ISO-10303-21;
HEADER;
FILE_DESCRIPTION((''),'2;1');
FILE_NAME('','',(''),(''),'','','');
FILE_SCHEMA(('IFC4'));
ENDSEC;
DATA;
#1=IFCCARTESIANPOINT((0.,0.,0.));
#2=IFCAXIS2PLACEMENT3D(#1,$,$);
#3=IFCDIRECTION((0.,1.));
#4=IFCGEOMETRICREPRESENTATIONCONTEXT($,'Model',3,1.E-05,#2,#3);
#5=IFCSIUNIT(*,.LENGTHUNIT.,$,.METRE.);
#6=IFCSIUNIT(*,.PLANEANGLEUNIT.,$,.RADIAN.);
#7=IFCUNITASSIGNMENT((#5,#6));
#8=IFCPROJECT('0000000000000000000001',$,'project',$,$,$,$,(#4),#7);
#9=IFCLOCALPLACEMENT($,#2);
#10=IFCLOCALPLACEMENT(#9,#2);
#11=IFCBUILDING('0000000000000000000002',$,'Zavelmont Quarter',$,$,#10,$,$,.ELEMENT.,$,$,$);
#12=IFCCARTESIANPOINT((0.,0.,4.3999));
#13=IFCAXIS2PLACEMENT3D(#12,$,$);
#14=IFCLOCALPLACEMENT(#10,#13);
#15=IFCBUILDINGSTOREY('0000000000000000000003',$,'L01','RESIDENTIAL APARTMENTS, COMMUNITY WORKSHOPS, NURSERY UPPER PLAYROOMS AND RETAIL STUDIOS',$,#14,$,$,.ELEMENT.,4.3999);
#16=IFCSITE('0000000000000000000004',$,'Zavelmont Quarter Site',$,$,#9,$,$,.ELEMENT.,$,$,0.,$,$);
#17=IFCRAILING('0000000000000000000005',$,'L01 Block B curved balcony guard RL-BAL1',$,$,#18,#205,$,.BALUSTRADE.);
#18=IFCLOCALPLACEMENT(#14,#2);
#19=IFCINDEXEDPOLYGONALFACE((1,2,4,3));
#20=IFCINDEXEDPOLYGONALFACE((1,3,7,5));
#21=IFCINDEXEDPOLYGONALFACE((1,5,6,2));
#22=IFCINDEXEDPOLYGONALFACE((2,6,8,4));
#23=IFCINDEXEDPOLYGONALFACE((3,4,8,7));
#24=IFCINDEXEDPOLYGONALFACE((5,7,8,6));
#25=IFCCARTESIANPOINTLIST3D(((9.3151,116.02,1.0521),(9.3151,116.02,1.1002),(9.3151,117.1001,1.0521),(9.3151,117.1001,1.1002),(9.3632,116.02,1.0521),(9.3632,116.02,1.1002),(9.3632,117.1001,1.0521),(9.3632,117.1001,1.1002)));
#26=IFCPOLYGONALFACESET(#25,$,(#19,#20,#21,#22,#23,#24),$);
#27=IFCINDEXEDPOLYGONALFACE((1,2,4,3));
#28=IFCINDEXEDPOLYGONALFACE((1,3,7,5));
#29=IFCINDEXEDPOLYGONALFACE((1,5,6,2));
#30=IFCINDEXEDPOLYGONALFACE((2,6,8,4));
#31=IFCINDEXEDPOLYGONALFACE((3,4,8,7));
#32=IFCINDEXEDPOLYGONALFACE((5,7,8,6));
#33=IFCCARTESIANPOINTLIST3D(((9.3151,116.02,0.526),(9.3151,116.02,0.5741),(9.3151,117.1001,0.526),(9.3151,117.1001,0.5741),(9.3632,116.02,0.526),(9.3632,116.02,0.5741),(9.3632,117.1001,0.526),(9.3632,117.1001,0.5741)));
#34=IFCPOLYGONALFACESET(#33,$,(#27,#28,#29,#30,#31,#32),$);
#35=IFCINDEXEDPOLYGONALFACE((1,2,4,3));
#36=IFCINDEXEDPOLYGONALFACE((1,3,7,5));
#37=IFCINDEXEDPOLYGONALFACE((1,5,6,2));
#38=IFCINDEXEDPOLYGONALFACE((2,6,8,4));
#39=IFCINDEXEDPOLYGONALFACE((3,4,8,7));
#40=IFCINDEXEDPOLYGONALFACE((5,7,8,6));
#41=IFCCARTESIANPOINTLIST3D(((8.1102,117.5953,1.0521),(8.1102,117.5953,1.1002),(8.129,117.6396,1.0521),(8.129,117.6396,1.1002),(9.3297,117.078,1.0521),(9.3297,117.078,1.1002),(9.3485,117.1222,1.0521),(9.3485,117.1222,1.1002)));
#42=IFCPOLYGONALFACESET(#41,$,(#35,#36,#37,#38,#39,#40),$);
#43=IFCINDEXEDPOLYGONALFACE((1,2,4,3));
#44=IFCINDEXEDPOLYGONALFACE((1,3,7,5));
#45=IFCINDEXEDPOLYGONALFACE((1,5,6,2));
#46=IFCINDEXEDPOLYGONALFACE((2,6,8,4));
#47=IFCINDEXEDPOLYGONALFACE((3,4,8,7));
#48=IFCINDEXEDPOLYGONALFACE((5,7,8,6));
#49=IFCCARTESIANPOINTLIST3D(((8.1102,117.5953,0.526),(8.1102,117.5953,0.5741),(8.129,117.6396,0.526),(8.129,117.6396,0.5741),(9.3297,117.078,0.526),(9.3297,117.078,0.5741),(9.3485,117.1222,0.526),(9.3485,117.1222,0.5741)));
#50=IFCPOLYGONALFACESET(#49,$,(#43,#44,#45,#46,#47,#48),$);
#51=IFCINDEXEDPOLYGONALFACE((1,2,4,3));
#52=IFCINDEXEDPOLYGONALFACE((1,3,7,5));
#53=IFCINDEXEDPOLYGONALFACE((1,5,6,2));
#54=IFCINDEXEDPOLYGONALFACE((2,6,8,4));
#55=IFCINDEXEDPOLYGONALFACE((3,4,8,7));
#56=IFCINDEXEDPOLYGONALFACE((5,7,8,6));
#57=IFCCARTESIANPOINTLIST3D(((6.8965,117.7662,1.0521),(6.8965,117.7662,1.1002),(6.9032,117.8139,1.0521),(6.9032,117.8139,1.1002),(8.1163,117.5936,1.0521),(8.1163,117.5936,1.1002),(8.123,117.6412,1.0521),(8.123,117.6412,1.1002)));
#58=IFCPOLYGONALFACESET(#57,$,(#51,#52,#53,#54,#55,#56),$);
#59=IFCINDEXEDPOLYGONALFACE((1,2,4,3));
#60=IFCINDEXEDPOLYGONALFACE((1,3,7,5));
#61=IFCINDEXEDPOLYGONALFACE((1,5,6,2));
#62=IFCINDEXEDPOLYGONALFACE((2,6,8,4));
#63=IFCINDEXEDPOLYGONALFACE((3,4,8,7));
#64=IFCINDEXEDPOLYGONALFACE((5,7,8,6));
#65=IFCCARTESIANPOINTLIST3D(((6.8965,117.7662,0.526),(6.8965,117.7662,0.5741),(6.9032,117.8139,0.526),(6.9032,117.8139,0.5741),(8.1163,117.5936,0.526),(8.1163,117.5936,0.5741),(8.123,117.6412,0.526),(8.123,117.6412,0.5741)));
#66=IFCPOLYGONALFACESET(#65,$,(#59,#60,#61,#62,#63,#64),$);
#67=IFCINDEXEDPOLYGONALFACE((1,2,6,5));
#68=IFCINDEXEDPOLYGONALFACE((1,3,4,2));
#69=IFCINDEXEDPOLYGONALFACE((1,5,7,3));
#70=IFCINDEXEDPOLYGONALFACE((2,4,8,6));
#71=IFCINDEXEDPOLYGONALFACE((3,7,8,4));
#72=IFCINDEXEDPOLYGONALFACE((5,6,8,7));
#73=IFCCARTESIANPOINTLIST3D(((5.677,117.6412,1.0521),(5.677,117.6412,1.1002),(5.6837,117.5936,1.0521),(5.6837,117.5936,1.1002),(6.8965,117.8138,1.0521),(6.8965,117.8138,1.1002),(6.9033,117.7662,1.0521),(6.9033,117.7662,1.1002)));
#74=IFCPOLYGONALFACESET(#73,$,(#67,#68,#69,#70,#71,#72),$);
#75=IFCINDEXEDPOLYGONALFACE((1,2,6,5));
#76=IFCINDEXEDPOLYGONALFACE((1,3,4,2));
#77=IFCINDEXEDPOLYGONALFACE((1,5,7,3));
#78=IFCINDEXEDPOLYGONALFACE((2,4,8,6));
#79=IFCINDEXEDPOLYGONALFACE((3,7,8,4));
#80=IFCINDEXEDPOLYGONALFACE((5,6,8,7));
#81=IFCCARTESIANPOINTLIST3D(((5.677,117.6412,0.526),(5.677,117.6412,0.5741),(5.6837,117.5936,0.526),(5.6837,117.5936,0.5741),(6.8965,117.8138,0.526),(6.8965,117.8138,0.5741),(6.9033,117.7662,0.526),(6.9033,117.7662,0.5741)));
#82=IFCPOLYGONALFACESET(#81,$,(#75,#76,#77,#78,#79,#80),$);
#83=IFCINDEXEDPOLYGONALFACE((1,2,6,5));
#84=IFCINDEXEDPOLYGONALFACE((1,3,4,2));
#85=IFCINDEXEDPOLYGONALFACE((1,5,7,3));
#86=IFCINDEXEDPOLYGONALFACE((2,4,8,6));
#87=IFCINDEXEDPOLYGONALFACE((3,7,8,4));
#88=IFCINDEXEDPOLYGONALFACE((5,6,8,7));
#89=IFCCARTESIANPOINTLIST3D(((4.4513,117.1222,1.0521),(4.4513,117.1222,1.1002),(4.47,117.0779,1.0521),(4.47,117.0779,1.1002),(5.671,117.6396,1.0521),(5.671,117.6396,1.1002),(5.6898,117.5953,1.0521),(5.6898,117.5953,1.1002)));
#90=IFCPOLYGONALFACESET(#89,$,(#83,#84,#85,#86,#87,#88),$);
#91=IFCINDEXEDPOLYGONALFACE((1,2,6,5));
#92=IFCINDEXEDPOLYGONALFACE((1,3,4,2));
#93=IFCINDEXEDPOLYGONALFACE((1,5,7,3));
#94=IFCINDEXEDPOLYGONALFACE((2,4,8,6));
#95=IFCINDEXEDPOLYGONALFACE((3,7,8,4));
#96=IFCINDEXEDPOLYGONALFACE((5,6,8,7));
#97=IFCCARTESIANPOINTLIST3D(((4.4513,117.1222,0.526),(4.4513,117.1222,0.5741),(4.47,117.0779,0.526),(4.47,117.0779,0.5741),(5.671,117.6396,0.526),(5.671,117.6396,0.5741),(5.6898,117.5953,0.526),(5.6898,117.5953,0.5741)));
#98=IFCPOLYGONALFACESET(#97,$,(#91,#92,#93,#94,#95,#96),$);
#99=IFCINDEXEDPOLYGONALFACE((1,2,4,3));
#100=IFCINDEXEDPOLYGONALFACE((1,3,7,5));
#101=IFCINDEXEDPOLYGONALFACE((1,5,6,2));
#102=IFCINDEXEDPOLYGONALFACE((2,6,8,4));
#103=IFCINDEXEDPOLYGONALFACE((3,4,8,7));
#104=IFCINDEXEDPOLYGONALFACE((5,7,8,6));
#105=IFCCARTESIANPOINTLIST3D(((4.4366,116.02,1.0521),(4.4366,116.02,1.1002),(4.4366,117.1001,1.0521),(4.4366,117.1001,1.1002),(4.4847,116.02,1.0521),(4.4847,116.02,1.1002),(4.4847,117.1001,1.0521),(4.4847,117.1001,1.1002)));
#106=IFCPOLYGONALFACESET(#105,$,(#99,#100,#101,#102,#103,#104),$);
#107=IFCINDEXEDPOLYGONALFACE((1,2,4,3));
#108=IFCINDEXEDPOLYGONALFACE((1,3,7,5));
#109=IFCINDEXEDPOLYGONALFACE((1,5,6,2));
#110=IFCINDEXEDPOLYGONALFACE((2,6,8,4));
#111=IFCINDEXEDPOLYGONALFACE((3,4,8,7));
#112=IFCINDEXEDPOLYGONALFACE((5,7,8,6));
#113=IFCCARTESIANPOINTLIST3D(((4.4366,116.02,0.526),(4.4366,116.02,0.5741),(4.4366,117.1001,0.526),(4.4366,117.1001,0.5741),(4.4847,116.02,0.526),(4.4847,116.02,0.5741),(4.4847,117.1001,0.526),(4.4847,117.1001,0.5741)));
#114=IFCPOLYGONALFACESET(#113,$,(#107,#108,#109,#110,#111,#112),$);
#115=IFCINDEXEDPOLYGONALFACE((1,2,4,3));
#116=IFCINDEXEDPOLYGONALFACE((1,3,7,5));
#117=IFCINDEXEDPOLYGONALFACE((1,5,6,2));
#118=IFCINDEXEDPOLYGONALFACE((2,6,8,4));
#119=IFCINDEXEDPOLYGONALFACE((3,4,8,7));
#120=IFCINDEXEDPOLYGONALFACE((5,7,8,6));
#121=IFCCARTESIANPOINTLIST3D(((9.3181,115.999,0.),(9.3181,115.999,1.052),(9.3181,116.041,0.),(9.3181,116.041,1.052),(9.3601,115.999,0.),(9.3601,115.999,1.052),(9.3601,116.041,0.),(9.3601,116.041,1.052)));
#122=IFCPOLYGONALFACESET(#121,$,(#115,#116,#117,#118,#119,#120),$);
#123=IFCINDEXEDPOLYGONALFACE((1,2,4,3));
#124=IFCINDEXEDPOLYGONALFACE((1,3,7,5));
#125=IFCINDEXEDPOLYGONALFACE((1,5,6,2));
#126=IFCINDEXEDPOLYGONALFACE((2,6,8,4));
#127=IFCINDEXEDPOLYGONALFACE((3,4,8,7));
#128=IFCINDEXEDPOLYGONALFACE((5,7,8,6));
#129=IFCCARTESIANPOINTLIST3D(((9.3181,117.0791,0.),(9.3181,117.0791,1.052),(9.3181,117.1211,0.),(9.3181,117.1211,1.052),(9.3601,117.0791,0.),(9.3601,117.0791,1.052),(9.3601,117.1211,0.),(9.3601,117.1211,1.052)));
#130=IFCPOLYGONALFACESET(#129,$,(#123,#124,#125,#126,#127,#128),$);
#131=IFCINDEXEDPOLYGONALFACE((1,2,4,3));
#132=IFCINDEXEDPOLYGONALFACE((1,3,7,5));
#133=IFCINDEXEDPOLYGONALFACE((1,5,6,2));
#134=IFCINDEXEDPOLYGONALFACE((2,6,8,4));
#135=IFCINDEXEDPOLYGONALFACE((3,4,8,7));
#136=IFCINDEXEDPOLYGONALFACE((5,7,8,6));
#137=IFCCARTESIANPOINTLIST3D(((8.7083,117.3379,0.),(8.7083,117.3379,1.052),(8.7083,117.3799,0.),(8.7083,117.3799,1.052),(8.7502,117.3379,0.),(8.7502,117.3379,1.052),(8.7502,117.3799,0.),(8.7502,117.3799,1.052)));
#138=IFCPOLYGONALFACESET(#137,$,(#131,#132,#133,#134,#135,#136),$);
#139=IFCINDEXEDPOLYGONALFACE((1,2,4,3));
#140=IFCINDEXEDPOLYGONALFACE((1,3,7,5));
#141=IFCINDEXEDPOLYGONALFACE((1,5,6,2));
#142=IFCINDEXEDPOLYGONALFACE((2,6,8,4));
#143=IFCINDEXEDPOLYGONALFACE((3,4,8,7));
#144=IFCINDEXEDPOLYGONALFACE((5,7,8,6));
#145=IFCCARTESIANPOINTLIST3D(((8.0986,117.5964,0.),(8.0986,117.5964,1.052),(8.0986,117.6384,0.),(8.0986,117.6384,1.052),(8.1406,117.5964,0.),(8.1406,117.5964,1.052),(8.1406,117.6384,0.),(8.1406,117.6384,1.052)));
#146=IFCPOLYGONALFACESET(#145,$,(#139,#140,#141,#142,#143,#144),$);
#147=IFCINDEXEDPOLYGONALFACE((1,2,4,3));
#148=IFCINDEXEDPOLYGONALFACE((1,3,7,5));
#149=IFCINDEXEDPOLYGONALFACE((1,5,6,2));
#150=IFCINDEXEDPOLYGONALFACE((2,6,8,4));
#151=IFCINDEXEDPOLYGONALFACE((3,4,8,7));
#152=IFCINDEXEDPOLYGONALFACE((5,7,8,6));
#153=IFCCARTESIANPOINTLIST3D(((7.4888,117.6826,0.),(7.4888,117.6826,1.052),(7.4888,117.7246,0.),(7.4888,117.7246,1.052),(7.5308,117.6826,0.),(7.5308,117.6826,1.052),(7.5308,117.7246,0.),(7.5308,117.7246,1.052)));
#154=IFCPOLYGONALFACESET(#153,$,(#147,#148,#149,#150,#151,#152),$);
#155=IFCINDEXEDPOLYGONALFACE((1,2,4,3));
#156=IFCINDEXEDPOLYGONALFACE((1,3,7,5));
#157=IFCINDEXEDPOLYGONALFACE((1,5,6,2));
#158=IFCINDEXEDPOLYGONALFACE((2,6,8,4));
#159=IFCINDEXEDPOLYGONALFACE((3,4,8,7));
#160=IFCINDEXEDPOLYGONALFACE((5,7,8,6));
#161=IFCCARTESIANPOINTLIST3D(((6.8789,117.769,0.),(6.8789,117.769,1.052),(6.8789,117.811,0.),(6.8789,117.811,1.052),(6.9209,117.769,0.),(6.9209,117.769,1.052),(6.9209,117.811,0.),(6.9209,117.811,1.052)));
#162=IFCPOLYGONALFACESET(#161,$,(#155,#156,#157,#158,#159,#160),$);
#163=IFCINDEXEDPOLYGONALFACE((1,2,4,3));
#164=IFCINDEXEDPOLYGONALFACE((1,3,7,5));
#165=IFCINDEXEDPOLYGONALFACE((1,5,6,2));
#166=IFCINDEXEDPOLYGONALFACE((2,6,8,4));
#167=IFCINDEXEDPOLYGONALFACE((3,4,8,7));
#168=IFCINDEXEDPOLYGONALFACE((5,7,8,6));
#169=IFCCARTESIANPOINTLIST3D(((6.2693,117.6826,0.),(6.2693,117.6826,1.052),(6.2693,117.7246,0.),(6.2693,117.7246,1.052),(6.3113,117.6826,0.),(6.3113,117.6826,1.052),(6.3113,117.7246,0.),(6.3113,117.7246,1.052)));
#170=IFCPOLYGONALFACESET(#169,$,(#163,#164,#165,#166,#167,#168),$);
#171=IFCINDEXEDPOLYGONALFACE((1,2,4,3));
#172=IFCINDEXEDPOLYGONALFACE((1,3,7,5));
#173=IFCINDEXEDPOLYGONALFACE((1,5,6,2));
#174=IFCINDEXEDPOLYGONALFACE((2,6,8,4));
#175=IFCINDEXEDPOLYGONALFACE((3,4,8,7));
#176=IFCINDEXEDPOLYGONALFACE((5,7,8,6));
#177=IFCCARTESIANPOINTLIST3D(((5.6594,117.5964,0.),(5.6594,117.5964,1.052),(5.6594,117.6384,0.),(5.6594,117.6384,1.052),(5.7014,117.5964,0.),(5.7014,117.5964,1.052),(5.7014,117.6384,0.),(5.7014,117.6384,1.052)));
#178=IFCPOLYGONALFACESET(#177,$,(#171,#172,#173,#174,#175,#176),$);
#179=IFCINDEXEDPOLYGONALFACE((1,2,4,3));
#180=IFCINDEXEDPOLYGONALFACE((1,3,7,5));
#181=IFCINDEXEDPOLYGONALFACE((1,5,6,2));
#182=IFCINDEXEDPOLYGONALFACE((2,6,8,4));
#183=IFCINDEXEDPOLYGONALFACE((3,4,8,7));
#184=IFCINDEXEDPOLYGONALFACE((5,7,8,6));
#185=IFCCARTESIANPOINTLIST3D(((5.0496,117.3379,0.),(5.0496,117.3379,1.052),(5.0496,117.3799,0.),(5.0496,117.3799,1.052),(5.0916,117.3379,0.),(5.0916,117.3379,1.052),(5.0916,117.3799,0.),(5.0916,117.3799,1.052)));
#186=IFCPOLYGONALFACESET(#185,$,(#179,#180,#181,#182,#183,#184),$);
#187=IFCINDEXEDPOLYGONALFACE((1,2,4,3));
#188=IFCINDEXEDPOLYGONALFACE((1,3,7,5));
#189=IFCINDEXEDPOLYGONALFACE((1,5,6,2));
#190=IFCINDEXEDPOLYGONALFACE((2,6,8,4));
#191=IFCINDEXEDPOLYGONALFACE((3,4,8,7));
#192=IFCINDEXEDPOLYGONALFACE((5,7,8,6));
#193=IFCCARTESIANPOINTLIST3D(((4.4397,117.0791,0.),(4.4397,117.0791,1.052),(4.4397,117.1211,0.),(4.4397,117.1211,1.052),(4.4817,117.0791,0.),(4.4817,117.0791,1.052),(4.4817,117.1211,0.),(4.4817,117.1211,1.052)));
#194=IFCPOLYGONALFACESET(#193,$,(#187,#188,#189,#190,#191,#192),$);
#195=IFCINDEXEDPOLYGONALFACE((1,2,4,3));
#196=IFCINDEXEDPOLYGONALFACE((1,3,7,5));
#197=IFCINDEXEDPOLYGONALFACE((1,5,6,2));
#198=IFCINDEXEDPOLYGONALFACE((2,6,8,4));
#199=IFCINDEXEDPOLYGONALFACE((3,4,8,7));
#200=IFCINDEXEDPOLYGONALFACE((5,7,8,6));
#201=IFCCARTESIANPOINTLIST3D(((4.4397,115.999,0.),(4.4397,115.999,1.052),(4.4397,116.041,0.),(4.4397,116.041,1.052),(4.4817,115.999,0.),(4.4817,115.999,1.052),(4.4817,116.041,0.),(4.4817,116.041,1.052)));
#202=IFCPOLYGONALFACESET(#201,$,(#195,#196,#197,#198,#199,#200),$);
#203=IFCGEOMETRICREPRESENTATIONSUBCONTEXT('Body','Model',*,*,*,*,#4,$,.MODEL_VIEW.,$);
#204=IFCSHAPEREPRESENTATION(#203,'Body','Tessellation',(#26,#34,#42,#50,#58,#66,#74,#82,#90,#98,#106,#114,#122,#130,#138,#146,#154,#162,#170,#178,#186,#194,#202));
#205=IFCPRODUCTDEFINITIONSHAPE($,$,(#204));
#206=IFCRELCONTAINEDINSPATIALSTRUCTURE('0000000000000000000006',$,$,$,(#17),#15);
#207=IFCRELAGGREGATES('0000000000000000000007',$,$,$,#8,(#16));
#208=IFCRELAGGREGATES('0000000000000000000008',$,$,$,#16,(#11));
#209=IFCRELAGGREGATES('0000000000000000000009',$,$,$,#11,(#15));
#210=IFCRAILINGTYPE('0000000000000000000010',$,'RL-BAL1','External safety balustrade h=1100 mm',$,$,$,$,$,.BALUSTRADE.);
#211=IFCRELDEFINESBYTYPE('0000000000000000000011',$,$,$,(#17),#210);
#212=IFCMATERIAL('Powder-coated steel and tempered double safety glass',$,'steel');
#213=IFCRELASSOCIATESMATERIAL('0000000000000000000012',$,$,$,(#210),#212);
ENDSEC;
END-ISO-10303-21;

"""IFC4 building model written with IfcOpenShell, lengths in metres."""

from ifc_helpers import new_model, si_unit, direction, frame, origin, origin_2d, place, context, subcontext, project, spatial, rectangle, extrude, material, type_object, element, save


model = new_model("IFC4")

# Units and contexts
model_context = context("Model", 3, precision=1e-05, world=origin(), true_north=direction((0.0, 1.0)))
body_context = subcontext(model_context, "Body", "Model", "MODEL_VIEW")
ifc_project = project(units=[si_unit("LENGTHUNIT", "METRE"), si_unit("PLANEANGLEUNIT", "RADIAN")], contexts=[model_context])

# Site, building, storey
site_placement = place(None, origin())
site = spatial("IfcSite", under=ifc_project, at=site_placement, Name="Zavelmont Quarter Site", CompositionType="ELEMENT", RefElevation=0.0)
building_placement = place(site_placement, origin())
building = spatial("IfcBuilding", under=site, at=building_placement, Name="Zavelmont Quarter", CompositionType="ELEMENT")
storey_placement = place(building_placement, frame((0.0, 0.0, 4.3999)))
storey = spatial("IfcBuildingStorey", under=building, at=storey_placement, Name="L01", Description="RESIDENTIAL APARTMENTS, COMMUNITY WORKSHOPS, NURSERY UPPER PLAYROOMS AND RETAIL STUDIOS", CompositionType="ELEMENT", Elevation=4.3999)

# Railing
ifc_material_1 = material(Name="Powder-coated steel and tempered double safety glass", Category="steel")
railing_type = type_object("IfcRailingType", Name="RL-BAL1", Description="External safety balustrade h=1100 mm", PredefinedType="BALUSTRADE", material=ifc_material_1)
railing_placement = place(storey_placement, frame((9.3391, 116.02, 0.0)))
element("IfcRailing", 1, at=railing_placement, inside=storey, type_object=railing_type, Name="L01 Block B curved balcony guard RL-BAL1", PredefinedType="BALUSTRADE", context=body_context, shape_type="SweptSolid", body=[
    extrude(rectangle(XDim=0.0481, YDim=0.0481, at=origin_2d()), frame((0.0, 0.0, 1.0762), z_axis=(0.0, 1.0, 0.0), x_axis=(-1.0, 0.0, 0.0)), (0.0, 0.0, 1.0), 1.0801),
    extrude(rectangle(XDim=0.0481, YDim=0.0481, at=origin_2d()), frame((0.0, 0.0, 0.55), z_axis=(0.0, 1.0, 0.0), x_axis=(-1.0, 0.0, 0.0)), (0.0, 0.0, 1.0), 1.0801),
    extrude(rectangle(XDim=0.0481, YDim=0.0481, at=origin_2d()), frame((0.0, 1.0801, 1.0762), z_axis=(-0.920588, 0.390536, 0.0), x_axis=(-0.390536, -0.920588, 0.0)), (0.0, 0.0, 1.0), 1.3247),
    extrude(rectangle(XDim=0.0481, YDim=0.0481, at=origin_2d()), frame((0.0, 1.0801, 0.55), z_axis=(-0.920588, 0.390536, 0.0), x_axis=(-0.390536, -0.920588, 0.0)), (0.0, 0.0, 1.0), 1.3247),
    extrude(rectangle(XDim=0.0481, YDim=0.0481, at=origin_2d()), frame((-1.2195, 1.5974, 1.0762), z_axis=(-0.990135, 0.140117, 0.0), x_axis=(-0.140117, -0.990135, 0.0)), (0.0, 0.0, 1.0), 1.2319),
    extrude(rectangle(XDim=0.0481, YDim=0.0481, at=origin_2d()), frame((-1.2195, 1.5974, 0.55), z_axis=(-0.990135, 0.140117, 0.0), x_axis=(-0.140117, -0.990135, 0.0)), (0.0, 0.0, 1.0), 1.2319),
    extrude(rectangle(XDim=0.0481, YDim=0.0481, at=origin_2d()), frame((-2.4392, 1.77, 1.0762), z_axis=(-0.990131, -0.140145, 0.0), x_axis=(0.140145, -0.990131, 0.0)), (0.0, 0.0, 1.0), 1.2317),
    extrude(rectangle(XDim=0.0481, YDim=0.0481, at=origin_2d()), frame((-2.4392, 1.77, 0.55), z_axis=(-0.990131, -0.140145, 0.0), x_axis=(0.140145, -0.990131, 0.0)), (0.0, 0.0, 1.0), 1.2317),
    extrude(rectangle(XDim=0.0481, YDim=0.0481, at=origin_2d()), frame((-3.6587, 1.5974, 1.0762), z_axis=(-0.920616, -0.390469, 0.0), x_axis=(0.390469, -0.920616, 0.0)), (0.0, 0.0, 1.0), 1.325),
    extrude(rectangle(XDim=0.0481, YDim=0.0481, at=origin_2d()), frame((-3.6587, 1.5974, 0.55), z_axis=(-0.920616, -0.390469, 0.0), x_axis=(0.390469, -0.920616, 0.0)), (0.0, 0.0, 1.0), 1.325),
    extrude(rectangle(XDim=0.0481, YDim=0.0481, at=origin_2d()), frame((-4.8784, 1.0801, 1.0762), z_axis=(0.0, -1.0, 0.0), x_axis=(1.0, 0.0, 0.0)), (0.0, 0.0, 1.0), 1.0801),
    extrude(rectangle(XDim=0.0481, YDim=0.0481, at=origin_2d()), frame((-4.8784, 1.0801, 0.55), z_axis=(0.0, -1.0, 0.0), x_axis=(1.0, 0.0, 0.0)), (0.0, 0.0, 1.0), 1.0801),
    extrude(rectangle(XDim=0.042, YDim=0.042, at=origin_2d()), origin(), (0.0, 0.0, 1.0), 1.052),
    extrude(rectangle(XDim=0.042, YDim=0.042, at=origin_2d()), frame((0.0, 1.0801, 0.0)), (0.0, 0.0, 1.0), 1.052),
    extrude(rectangle(XDim=0.042, YDim=0.042, at=origin_2d()), frame((-0.6099, 1.3389, 0.0)), (0.0, 0.0, 1.0), 1.052),
    extrude(rectangle(XDim=0.042, YDim=0.042, at=origin_2d()), frame((-1.2195, 1.5974, 0.0)), (0.0, 0.0, 1.0), 1.052),
    extrude(rectangle(XDim=0.042, YDim=0.042, at=origin_2d()), frame((-1.8293, 1.6836, 0.0)), (0.0, 0.0, 1.0), 1.052),
    extrude(rectangle(XDim=0.042, YDim=0.042, at=origin_2d()), frame((-2.4392, 1.77, 0.0)), (0.0, 0.0, 1.0), 1.052),
    extrude(rectangle(XDim=0.042, YDim=0.042, at=origin_2d()), frame((-3.0488, 1.6836, 0.0)), (0.0, 0.0, 1.0), 1.052),
    extrude(rectangle(XDim=0.042, YDim=0.042, at=origin_2d()), frame((-3.6587, 1.5974, 0.0)), (0.0, 0.0, 1.0), 1.052),
    extrude(rectangle(XDim=0.042, YDim=0.042, at=origin_2d()), frame((-4.2686, 1.3389, 0.0)), (0.0, 0.0, 1.0), 1.052),
    extrude(rectangle(XDim=0.042, YDim=0.042, at=origin_2d()), frame((-4.8784, 1.0801, 0.0)), (0.0, 0.0, 1.0), 1.052),
    extrude(rectangle(XDim=0.042, YDim=0.042, at=origin_2d()), frame((-4.8784, 0.0, 0.0)), (0.0, 0.0, 1.0), 1.052),
])

save(model, "model.ifc")
